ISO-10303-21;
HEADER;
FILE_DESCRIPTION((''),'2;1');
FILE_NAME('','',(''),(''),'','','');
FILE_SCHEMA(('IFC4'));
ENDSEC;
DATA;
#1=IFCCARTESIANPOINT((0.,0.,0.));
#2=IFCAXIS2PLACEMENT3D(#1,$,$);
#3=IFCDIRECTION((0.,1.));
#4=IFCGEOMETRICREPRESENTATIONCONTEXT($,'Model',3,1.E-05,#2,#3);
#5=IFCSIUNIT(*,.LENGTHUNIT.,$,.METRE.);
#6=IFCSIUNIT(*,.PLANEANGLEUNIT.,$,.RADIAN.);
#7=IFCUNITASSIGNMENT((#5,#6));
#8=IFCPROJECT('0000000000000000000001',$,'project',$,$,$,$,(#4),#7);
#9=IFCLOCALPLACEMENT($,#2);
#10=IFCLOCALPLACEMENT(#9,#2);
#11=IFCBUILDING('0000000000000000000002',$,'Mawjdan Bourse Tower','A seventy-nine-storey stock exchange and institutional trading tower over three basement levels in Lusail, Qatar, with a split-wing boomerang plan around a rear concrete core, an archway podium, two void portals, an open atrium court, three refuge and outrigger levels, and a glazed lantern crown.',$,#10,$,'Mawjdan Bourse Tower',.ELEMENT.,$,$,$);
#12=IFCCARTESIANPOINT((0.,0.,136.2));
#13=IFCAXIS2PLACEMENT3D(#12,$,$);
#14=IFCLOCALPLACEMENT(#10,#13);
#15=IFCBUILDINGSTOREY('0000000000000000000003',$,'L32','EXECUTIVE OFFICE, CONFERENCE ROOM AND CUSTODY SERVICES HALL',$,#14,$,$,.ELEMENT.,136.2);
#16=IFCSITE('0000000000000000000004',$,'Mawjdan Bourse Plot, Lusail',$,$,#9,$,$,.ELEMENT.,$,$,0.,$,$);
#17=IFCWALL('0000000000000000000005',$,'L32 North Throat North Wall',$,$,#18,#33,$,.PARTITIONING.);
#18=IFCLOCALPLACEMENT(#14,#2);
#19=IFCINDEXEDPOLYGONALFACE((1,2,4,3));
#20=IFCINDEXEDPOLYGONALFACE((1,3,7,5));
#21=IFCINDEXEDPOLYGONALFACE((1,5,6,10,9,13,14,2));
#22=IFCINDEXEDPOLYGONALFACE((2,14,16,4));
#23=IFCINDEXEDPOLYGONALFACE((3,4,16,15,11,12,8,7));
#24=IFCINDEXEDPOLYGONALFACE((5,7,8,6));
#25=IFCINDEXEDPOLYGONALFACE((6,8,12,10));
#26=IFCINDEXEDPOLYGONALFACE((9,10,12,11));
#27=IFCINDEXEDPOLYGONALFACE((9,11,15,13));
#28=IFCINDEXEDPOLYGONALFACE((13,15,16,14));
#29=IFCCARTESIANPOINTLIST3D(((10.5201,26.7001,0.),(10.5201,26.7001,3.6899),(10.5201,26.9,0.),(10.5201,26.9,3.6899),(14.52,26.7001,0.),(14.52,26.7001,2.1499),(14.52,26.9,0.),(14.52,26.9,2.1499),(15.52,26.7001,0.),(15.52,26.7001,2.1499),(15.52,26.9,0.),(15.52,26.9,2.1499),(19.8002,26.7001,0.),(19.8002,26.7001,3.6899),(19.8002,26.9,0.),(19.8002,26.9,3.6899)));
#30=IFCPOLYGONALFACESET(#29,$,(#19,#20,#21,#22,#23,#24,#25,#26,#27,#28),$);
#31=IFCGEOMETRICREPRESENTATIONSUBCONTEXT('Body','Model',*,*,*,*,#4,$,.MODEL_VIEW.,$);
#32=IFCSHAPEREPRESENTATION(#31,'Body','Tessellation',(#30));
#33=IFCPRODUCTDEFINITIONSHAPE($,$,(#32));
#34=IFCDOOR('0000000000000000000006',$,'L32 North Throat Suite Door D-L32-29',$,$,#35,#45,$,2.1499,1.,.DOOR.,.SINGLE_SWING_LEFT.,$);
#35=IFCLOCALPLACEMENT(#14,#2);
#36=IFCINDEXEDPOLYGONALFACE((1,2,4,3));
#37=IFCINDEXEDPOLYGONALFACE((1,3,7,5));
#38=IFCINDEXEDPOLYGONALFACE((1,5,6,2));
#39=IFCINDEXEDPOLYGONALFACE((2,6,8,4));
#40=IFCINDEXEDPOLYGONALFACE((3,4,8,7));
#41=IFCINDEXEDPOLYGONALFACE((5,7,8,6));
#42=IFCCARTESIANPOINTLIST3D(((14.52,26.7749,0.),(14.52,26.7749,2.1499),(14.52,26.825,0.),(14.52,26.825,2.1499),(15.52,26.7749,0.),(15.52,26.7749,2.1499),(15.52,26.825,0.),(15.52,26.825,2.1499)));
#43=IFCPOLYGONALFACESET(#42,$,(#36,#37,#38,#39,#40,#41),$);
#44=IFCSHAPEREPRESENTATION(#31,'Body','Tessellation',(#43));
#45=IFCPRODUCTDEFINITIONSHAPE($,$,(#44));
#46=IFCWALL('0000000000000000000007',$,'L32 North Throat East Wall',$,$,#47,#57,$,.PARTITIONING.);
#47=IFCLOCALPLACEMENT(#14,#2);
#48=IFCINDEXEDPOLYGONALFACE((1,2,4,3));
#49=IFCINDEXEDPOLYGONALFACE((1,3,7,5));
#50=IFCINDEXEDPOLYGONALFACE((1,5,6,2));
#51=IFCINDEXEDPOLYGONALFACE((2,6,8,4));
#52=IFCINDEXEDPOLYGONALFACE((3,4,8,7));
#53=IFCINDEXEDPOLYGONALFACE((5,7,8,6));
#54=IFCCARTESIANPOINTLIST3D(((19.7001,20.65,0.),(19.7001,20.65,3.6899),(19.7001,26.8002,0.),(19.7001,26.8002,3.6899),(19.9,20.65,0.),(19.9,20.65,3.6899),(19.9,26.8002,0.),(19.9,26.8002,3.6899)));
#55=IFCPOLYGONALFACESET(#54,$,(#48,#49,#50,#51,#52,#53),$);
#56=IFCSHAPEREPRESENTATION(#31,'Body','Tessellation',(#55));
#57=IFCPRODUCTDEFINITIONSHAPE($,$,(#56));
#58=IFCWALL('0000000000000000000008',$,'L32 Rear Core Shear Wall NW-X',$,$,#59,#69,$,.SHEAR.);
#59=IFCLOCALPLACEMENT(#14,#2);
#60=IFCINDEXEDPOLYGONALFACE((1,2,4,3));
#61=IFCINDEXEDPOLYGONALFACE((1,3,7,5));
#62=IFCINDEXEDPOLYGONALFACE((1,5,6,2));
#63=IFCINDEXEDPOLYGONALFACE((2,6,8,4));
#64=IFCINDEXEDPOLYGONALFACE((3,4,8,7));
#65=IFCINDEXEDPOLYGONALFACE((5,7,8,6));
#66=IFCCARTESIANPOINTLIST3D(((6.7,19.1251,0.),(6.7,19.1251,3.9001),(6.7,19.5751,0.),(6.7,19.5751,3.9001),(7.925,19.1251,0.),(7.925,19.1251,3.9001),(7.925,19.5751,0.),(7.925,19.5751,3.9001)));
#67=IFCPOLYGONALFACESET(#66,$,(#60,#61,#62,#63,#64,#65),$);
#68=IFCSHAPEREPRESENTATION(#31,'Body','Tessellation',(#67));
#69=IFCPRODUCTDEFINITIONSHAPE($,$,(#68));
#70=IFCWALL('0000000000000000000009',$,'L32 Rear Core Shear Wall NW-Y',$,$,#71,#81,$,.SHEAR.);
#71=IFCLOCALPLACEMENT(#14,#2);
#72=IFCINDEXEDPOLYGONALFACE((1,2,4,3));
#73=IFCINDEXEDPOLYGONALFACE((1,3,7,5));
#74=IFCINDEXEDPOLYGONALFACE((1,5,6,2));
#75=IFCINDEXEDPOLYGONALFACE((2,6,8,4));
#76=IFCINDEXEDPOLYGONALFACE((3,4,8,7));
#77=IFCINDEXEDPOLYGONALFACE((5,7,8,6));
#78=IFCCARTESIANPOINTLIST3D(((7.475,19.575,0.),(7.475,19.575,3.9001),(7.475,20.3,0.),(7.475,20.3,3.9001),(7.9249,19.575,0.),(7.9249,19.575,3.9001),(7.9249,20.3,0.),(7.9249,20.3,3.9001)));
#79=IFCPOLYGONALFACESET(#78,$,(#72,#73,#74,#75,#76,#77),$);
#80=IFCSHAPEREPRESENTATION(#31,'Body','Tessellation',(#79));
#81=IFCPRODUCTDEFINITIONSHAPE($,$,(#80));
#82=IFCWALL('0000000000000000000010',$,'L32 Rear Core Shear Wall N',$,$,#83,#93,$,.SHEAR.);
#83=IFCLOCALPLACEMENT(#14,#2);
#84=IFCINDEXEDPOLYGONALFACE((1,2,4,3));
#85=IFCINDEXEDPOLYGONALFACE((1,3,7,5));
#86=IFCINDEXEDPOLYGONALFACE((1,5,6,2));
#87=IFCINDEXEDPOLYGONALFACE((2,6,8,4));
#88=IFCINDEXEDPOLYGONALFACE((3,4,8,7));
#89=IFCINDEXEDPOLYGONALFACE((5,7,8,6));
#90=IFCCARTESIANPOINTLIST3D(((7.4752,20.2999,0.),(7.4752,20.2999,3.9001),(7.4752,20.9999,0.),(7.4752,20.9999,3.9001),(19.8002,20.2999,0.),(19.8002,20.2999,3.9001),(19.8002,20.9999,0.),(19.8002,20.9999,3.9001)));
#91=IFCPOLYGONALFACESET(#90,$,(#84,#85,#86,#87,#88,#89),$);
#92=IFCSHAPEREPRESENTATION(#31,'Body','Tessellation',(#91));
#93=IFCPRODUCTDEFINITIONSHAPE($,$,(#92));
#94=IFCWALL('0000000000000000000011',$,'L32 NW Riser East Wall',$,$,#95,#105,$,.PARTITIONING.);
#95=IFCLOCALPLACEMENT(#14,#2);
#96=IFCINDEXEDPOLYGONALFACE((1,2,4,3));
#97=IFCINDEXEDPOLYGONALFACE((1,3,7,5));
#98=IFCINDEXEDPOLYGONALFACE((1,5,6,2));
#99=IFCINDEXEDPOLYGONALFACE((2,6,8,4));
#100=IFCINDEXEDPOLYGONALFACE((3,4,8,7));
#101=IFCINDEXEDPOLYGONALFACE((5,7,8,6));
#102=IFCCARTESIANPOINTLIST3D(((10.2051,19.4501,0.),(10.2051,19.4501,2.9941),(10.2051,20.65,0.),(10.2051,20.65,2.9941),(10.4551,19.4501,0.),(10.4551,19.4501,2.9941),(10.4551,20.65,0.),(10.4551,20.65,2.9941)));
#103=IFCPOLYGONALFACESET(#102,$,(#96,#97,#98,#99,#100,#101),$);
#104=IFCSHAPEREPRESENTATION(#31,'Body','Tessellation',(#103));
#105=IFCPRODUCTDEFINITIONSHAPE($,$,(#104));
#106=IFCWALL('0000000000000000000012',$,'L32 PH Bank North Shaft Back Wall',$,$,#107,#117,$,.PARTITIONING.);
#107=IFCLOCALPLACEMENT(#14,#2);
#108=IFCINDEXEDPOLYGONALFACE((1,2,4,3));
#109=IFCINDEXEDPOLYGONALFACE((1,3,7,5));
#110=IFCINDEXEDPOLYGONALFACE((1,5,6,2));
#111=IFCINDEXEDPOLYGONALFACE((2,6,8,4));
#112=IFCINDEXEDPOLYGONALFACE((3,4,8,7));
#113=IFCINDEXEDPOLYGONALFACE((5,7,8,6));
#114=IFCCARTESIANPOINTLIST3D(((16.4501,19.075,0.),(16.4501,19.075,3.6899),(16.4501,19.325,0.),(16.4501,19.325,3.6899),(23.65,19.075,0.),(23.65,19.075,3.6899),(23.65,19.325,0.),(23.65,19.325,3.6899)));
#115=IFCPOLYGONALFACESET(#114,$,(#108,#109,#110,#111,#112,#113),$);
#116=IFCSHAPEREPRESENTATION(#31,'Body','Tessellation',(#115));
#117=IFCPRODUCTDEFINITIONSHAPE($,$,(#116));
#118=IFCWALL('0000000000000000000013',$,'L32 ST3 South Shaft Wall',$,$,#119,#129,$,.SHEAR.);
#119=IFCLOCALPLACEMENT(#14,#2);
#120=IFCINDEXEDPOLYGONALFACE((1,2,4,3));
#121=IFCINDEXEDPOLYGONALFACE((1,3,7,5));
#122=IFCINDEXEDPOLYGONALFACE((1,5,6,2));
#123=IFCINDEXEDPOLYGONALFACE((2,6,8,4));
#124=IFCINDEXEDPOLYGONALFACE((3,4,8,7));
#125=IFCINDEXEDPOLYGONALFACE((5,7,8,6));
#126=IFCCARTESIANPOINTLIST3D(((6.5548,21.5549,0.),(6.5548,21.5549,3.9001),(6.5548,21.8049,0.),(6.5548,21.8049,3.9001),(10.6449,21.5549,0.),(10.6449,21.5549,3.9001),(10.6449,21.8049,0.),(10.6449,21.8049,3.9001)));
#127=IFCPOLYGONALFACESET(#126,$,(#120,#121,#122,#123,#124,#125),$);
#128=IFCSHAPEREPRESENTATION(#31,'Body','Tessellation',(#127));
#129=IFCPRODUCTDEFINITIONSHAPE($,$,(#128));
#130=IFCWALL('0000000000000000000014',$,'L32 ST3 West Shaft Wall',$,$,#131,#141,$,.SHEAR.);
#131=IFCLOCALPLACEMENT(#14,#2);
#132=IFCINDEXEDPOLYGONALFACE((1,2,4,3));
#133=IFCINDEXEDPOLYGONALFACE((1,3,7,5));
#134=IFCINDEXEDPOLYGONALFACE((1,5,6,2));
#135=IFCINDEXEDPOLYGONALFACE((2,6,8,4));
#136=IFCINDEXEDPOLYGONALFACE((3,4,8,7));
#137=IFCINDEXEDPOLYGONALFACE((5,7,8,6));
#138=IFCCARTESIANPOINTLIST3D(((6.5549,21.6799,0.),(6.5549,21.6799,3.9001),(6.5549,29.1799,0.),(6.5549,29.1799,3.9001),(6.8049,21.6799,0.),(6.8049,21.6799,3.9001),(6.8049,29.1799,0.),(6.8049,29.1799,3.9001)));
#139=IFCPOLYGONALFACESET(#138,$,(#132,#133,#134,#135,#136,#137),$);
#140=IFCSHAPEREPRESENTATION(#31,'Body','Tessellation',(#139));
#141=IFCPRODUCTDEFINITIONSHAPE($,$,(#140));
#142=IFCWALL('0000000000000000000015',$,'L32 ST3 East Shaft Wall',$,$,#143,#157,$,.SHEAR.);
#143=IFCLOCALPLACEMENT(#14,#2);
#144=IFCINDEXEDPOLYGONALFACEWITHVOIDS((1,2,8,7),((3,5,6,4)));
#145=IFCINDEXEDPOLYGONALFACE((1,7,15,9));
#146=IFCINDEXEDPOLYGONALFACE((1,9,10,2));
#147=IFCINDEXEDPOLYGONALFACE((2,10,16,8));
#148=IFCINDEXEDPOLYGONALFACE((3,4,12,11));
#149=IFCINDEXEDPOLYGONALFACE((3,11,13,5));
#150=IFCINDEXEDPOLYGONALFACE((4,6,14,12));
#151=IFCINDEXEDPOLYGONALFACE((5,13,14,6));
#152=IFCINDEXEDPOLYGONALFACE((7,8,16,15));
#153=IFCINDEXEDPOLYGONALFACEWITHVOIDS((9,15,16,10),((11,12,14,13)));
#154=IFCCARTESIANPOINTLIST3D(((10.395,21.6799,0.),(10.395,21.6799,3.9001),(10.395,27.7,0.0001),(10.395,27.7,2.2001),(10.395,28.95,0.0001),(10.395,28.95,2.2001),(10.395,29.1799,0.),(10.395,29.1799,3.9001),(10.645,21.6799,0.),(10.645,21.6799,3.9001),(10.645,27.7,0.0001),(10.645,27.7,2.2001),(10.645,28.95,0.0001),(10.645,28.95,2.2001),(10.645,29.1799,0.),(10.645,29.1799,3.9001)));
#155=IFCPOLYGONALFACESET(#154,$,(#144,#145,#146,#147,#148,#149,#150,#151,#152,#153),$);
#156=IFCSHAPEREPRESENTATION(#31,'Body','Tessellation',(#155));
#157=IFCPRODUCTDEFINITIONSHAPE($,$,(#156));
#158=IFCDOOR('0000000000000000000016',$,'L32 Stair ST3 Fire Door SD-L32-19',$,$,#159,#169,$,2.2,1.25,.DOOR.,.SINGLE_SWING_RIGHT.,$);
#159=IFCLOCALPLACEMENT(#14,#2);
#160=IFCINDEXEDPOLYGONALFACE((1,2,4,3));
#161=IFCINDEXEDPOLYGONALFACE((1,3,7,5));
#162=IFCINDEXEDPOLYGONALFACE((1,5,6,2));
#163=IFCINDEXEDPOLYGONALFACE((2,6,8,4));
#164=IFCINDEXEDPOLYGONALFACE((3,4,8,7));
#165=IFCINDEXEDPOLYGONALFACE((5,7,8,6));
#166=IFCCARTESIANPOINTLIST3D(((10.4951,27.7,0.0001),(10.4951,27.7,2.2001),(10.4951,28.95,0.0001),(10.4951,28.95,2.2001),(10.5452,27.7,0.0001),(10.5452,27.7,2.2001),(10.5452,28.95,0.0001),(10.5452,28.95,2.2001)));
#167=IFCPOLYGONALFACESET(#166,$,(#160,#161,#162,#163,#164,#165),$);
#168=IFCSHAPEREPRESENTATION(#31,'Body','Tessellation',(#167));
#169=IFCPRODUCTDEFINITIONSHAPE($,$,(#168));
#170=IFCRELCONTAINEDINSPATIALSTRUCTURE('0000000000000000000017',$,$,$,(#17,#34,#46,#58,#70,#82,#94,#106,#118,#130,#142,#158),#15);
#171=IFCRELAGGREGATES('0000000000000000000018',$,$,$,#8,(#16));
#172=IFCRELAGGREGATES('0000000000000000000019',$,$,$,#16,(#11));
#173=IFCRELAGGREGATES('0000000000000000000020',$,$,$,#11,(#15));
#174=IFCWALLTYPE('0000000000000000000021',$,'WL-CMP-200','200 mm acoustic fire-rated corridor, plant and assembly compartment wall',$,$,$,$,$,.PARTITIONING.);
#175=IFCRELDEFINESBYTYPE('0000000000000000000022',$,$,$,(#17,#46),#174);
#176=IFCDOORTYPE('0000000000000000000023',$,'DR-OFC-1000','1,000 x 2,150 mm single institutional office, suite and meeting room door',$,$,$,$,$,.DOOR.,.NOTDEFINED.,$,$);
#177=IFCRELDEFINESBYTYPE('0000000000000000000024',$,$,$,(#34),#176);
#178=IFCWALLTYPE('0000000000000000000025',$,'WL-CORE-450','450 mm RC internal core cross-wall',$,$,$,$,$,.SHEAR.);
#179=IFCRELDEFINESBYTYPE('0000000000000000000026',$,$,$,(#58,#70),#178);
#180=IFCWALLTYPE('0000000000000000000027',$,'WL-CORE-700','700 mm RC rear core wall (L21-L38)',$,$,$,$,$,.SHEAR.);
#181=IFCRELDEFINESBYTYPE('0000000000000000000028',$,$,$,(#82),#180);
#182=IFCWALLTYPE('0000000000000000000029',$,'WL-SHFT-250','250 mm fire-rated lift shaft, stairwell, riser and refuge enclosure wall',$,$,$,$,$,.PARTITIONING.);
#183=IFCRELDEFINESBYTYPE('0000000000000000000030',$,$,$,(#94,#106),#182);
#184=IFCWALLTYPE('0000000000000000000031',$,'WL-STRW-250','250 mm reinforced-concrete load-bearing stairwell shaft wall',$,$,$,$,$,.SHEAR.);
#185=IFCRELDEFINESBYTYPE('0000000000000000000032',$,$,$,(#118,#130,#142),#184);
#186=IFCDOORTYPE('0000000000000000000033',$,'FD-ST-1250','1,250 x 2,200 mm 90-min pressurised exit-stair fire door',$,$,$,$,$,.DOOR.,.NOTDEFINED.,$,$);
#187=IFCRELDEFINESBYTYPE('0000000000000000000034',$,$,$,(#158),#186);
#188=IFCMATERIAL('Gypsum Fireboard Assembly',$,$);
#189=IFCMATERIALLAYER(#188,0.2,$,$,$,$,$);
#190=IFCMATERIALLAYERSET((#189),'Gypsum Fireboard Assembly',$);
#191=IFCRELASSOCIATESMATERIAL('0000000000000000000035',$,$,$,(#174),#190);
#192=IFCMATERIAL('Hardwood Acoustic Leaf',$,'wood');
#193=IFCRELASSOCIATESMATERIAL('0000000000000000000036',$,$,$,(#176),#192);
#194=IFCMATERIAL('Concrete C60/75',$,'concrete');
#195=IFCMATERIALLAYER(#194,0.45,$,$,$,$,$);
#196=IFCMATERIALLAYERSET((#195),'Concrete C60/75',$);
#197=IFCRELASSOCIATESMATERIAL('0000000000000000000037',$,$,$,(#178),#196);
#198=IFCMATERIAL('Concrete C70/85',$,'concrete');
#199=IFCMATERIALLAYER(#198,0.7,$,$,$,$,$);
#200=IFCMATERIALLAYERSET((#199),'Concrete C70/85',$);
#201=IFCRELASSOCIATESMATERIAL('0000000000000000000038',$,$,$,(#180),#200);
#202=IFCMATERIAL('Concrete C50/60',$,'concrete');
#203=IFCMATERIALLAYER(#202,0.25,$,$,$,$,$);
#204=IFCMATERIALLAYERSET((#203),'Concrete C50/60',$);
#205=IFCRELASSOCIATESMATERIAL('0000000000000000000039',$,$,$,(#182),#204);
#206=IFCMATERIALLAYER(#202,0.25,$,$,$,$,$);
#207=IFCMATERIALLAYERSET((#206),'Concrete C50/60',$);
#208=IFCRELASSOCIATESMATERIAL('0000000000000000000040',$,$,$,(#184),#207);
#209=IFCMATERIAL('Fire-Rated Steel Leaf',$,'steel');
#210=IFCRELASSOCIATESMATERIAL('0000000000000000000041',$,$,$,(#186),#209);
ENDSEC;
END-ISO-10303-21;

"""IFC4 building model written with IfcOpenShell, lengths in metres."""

from ifc_helpers import new_model, si_unit, direction, frame, frame_2d, origin, place, context, subcontext, project, spatial, rectangle, extrude, material, layer, layer_set, type_object, element, fill, save


model = new_model("IFC4")

# Units and contexts
model_context = context("Model", 3, precision=1e-05, world=origin(), true_north=direction((0.0, 1.0)))
body_context = subcontext(model_context, "Body", "Model", "MODEL_VIEW")
ifc_project = project(units=[si_unit("LENGTHUNIT", "METRE"), si_unit("PLANEANGLEUNIT", "RADIAN")], contexts=[model_context])

# Site, building, storey
site_placement = place(None, origin())
site = spatial("IfcSite", under=ifc_project, at=site_placement, Name="Mawjdan Bourse Plot, Lusail", CompositionType="ELEMENT", RefElevation=0.0)
building_placement = place(site_placement, origin())
building = spatial("IfcBuilding", under=site, at=building_placement, Name="Mawjdan Bourse Tower", Description="A seventy-nine-storey stock exchange and institutional trading tower over three basement levels in Lusail, Qatar, with a split-wing boomerang plan around a rear concrete core, an archway podium, two void portals, an open atrium court, three refuge and outrigger levels, and a glazed lantern crown.", LongName="Mawjdan Bourse Tower", CompositionType="ELEMENT")
storey_placement = place(building_placement, frame((0.0, 0.0, 136.2)))
storey = spatial("IfcBuildingStorey", under=building, at=storey_placement, Name="L32", Description="EXECUTIVE OFFICE, CONFERENCE ROOM AND CUSTODY SERVICES HALL", CompositionType="ELEMENT", Elevation=136.2)

# Shared definitions
ifc_material_1 = material(Name="Concrete C70/85", Category="concrete")

# Wall, opening, door
ifc_material_2 = material(Name="Gypsum Fireboard Assembly")
ifc_layer_1 = layer(ifc_material_2, 0.2)
ifc_layer_set_1 = layer_set([ifc_layer_1], Name="Gypsum Fireboard Assembly")
wall_type_1 = type_object("IfcWallType", Name="WL-CMP-200", Description="200 mm acoustic fire-rated corridor, plant and assembly compartment wall", PredefinedType="PARTITIONING", material=ifc_layer_set_1)
wall_1_placement = place(storey_placement, frame((10.52, 26.8, 0.0), z_axis=(0.0, 0.0, 1.0), x_axis=(1.0, 0.0, 0.0)))
wall_1 = element("IfcWall", 1, at=wall_1_placement, inside=storey, type_object=wall_type_1, Name="L32 North Throat North Wall", PredefinedType="PARTITIONING", context=body_context, shape_type="SweptSolid", body=[
    extrude(rectangle(XDim=9.28, YDim=0.2, at=frame_2d((4.6401, 0.0))), origin(), (0.0, 0.0, 1.0), 3.6899),
])
opening_1_placement = place(wall_1_placement, frame((4.0, 0.0, 0.0)))
opening_1 = element("IfcOpeningElement", 2, at=opening_1_placement, cuts=wall_1, PredefinedType="OPENING", context=body_context, shape_type="SweptSolid", body=[
    extrude(rectangle(XDim=1.0, YDim=2.1499, at=frame_2d((0.5, 1.075))), frame((0.0, 0.1099, 0.0), z_axis=(0.0, -1.0, 0.0), x_axis=(1.0, 0.0, 0.0)), (0.0, 0.0, 1.0), 0.22),
])
ifc_material_3 = material(Name="Hardwood Acoustic Leaf", Category="wood")
door_type_1 = type_object("IfcDoorType", Name="DR-OFC-1000", Description="1,000 x 2,150 mm single institutional office, suite and meeting room door", OperationType="NOTDEFINED", PredefinedType="DOOR", material=ifc_material_3)
door_1_placement = place(opening_1_placement, origin())
door_1 = element("IfcDoor", 3, at=door_1_placement, inside=storey, type_object=door_type_1, Name="L32 North Throat Suite Door D-L32-29", OperationType="SINGLE_SWING_LEFT", OverallHeight=2.1499, OverallWidth=1.0, PredefinedType="DOOR", context=body_context, shape_type="SweptSolid", body=[
    extrude(rectangle(XDim=1.0, YDim=2.1499, at=frame_2d((0.5, 1.075))), frame((0.0, 0.0249, 0.0), z_axis=(0.0, -1.0, 0.0), x_axis=(1.0, 0.0, 0.0)), (0.0, 0.0, 1.0), 0.05),
])
fill(opening_1, door_1)

# Walls
wall_2_placement = place(storey_placement, frame((19.8, 20.6499, 0.0), z_axis=(0.0, 0.0, 1.0), x_axis=(0.0, 1.0, 0.0)))
element("IfcWall", 4, at=wall_2_placement, inside=storey, type_object=wall_type_1, Name="L32 North Throat East Wall", PredefinedType="PARTITIONING", context=body_context, shape_type="SweptSolid", body=[
    extrude(rectangle(XDim=6.1501, YDim=0.2, at=frame_2d((3.0752, 0.0))), origin(), (0.0, 0.0, 1.0), 3.6899),
])
ifc_material_4 = material(Name="Concrete C60/75", Category="concrete")
ifc_layer_2 = layer(ifc_material_4, 0.45)
ifc_layer_set_2 = layer_set([ifc_layer_2], Name="Concrete C60/75")
wall_type_2 = type_object("IfcWallType", Name="WL-CORE-450", Description="450 mm RC internal core cross-wall", PredefinedType="SHEAR", material=ifc_layer_set_2)
wall_3_placement = place(storey_placement, frame((6.7, 19.3501, 0.0), z_axis=(0.0, 0.0, 1.0), x_axis=(1.0, 0.0, 0.0)))
element("IfcWall", 5, at=wall_3_placement, inside=storey, type_object=wall_type_2, Name="L32 Rear Core Shear Wall NW-X", PredefinedType="SHEAR", context=body_context, shape_type="SweptSolid", body=[
    extrude(rectangle(XDim=1.2251, YDim=0.45, at=frame_2d((0.6125, 0.0))), origin(), (0.0, 0.0, 1.0), 3.9001),
])
wall_4_placement = place(storey_placement, frame((7.7, 19.575, 0.0), z_axis=(0.0, 0.0, 1.0), x_axis=(0.0, 1.0, 0.0)))
element("IfcWall", 6, at=wall_4_placement, inside=storey, type_object=wall_type_2, Name="L32 Rear Core Shear Wall NW-Y", PredefinedType="SHEAR", context=body_context, shape_type="SweptSolid", body=[
    extrude(rectangle(XDim=0.7251, YDim=0.45, at=frame_2d((0.3625, 0.0))), origin(), (0.0, 0.0, 1.0), 3.9001),
])
ifc_layer_3 = layer(ifc_material_1, 0.7)
ifc_layer_set_3 = layer_set([ifc_layer_3], Name="Concrete C70/85")
wall_type_3 = type_object("IfcWallType", Name="WL-CORE-700", Description="700 mm RC rear core wall (L21-L38)", PredefinedType="SHEAR", material=ifc_layer_set_3)
wall_5_placement = place(storey_placement, frame((7.4751, 20.6499, 0.0), z_axis=(0.0, 0.0, 1.0), x_axis=(1.0, 0.0, 0.0)))
element("IfcWall", 7, at=wall_5_placement, inside=storey, type_object=wall_type_3, Name="L32 Rear Core Shear Wall N", PredefinedType="SHEAR", context=body_context, shape_type="SweptSolid", body=[
    extrude(rectangle(XDim=12.325, YDim=0.7, at=frame_2d((6.1626, 0.0))), origin(), (0.0, 0.0, 1.0), 3.9001),
])
ifc_material_5 = material(Name="Concrete C50/60", Category="concrete")
ifc_layer_4 = layer(ifc_material_5, 0.25)
ifc_layer_set_4 = layer_set([ifc_layer_4], Name="Concrete C50/60")
wall_type_4 = type_object("IfcWallType", Name="WL-SHFT-250", Description="250 mm fire-rated lift shaft, stairwell, riser and refuge enclosure wall", PredefinedType="PARTITIONING", material=ifc_layer_set_4)
wall_6_placement = place(storey_placement, frame((10.3301, 19.45, 0.0), z_axis=(0.0, 0.0, 1.0), x_axis=(0.0, 1.0, 0.0)))
element("IfcWall", 8, at=wall_6_placement, inside=storey, type_object=wall_type_4, Name="L32 NW Riser East Wall", PredefinedType="PARTITIONING", context=body_context, shape_type="SweptSolid", body=[
    extrude(rectangle(XDim=1.2, YDim=0.25, at=frame_2d((0.6001, 0.0))), origin(), (0.0, 0.0, 1.0), 2.9941),
])
wall_7_placement = place(storey_placement, frame((16.45, 19.2, 0.0), z_axis=(0.0, 0.0, 1.0), x_axis=(1.0, 0.0, 0.0)))
element("IfcWall", 9, at=wall_7_placement, inside=storey, type_object=wall_type_4, Name="L32 PH Bank North Shaft Back Wall", PredefinedType="PARTITIONING", context=body_context, shape_type="SweptSolid", body=[
    extrude(rectangle(XDim=7.2, YDim=0.25, at=frame_2d((3.6001, 0.0))), origin(), (0.0, 0.0, 1.0), 3.6899),
])
ifc_layer_5 = layer(ifc_material_5, 0.25)
ifc_layer_set_5 = layer_set([ifc_layer_5], Name="Concrete C50/60")
wall_type_5 = type_object("IfcWallType", Name="WL-STRW-250", Description="250 mm reinforced-concrete load-bearing stairwell shaft wall", PredefinedType="SHEAR", material=ifc_layer_set_5)
wall_8_placement = place(storey_placement, frame((6.5549, 21.6799, 0.0), z_axis=(0.0, 0.0, 1.0), x_axis=(1.0, 0.0, 0.0)))
element("IfcWall", 10, at=wall_8_placement, inside=storey, type_object=wall_type_5, Name="L32 ST3 South Shaft Wall", PredefinedType="SHEAR", context=body_context, shape_type="SweptSolid", body=[
    extrude(rectangle(XDim=4.0901, YDim=0.25, at=frame_2d((2.0449, 0.0))), origin(), (0.0, 0.0, 1.0), 3.9001),
])
wall_9_placement = place(storey_placement, frame((6.6799, 21.6799, 0.0), z_axis=(0.0, 0.0, 1.0), x_axis=(0.0, 1.0, 0.0)))
element("IfcWall", 11, at=wall_9_placement, inside=storey, type_object=wall_type_5, Name="L32 ST3 West Shaft Wall", PredefinedType="SHEAR", context=body_context, shape_type="SweptSolid", body=[
    extrude(rectangle(XDim=7.5, YDim=0.25, at=frame_2d((3.75, 0.0))), origin(), (0.0, 0.0, 1.0), 3.9001),
])

# Wall, opening, door
wall_10_placement = place(storey_placement, frame((10.52, 21.6799, 0.0), z_axis=(0.0, 0.0, 1.0), x_axis=(0.0, 1.0, 0.0)))
wall_10 = element("IfcWall", 12, at=wall_10_placement, inside=storey, type_object=wall_type_5, Name="L32 ST3 East Shaft Wall", PredefinedType="SHEAR", context=body_context, shape_type="SweptSolid", body=[
    extrude(rectangle(XDim=7.5, YDim=0.25, at=frame_2d((3.75, 0.0))), origin(), (0.0, 0.0, 1.0), 3.9001),
])
opening_2_placement = place(wall_10_placement, frame((6.02, 0.0, 0.0)))
opening_2 = element("IfcOpeningElement", 13, at=opening_2_placement, cuts=wall_10, PredefinedType="OPENING", context=body_context, shape_type="SweptSolid", body=[
    extrude(rectangle(XDim=1.25, YDim=2.2, at=frame_2d((0.625, 1.1001))), frame((0.0, 0.135, 0.0), z_axis=(0.0, -1.0, 0.0), x_axis=(1.0, 0.0, 0.0)), (0.0, 0.0, 1.0), 0.27),
])
ifc_material_6 = material(Name="Fire-Rated Steel Leaf", Category="steel")
door_type_2 = type_object("IfcDoorType", Name="FD-ST-1250", Description="1,250 x 2,200 mm 90-min pressurised exit-stair fire door", OperationType="NOTDEFINED", PredefinedType="DOOR", material=ifc_material_6)
door_2_placement = place(opening_2_placement, origin())
door_2 = element("IfcDoor", 14, at=door_2_placement, inside=storey, type_object=door_type_2, Name="L32 Stair ST3 Fire Door SD-L32-19", OperationType="SINGLE_SWING_RIGHT", OverallHeight=2.2, OverallWidth=1.25, PredefinedType="DOOR", context=body_context, shape_type="SweptSolid", body=[
    extrude(rectangle(XDim=1.25, YDim=2.2, at=frame_2d((0.625, 1.1001))), frame((0.0, 0.0249, 0.0), z_axis=(0.0, -1.0, 0.0), x_axis=(1.0, 0.0, 0.0)), (0.0, 0.0, 1.0), 0.05),
])
fill(opening_2, door_2)

save(model, "model.ifc")
